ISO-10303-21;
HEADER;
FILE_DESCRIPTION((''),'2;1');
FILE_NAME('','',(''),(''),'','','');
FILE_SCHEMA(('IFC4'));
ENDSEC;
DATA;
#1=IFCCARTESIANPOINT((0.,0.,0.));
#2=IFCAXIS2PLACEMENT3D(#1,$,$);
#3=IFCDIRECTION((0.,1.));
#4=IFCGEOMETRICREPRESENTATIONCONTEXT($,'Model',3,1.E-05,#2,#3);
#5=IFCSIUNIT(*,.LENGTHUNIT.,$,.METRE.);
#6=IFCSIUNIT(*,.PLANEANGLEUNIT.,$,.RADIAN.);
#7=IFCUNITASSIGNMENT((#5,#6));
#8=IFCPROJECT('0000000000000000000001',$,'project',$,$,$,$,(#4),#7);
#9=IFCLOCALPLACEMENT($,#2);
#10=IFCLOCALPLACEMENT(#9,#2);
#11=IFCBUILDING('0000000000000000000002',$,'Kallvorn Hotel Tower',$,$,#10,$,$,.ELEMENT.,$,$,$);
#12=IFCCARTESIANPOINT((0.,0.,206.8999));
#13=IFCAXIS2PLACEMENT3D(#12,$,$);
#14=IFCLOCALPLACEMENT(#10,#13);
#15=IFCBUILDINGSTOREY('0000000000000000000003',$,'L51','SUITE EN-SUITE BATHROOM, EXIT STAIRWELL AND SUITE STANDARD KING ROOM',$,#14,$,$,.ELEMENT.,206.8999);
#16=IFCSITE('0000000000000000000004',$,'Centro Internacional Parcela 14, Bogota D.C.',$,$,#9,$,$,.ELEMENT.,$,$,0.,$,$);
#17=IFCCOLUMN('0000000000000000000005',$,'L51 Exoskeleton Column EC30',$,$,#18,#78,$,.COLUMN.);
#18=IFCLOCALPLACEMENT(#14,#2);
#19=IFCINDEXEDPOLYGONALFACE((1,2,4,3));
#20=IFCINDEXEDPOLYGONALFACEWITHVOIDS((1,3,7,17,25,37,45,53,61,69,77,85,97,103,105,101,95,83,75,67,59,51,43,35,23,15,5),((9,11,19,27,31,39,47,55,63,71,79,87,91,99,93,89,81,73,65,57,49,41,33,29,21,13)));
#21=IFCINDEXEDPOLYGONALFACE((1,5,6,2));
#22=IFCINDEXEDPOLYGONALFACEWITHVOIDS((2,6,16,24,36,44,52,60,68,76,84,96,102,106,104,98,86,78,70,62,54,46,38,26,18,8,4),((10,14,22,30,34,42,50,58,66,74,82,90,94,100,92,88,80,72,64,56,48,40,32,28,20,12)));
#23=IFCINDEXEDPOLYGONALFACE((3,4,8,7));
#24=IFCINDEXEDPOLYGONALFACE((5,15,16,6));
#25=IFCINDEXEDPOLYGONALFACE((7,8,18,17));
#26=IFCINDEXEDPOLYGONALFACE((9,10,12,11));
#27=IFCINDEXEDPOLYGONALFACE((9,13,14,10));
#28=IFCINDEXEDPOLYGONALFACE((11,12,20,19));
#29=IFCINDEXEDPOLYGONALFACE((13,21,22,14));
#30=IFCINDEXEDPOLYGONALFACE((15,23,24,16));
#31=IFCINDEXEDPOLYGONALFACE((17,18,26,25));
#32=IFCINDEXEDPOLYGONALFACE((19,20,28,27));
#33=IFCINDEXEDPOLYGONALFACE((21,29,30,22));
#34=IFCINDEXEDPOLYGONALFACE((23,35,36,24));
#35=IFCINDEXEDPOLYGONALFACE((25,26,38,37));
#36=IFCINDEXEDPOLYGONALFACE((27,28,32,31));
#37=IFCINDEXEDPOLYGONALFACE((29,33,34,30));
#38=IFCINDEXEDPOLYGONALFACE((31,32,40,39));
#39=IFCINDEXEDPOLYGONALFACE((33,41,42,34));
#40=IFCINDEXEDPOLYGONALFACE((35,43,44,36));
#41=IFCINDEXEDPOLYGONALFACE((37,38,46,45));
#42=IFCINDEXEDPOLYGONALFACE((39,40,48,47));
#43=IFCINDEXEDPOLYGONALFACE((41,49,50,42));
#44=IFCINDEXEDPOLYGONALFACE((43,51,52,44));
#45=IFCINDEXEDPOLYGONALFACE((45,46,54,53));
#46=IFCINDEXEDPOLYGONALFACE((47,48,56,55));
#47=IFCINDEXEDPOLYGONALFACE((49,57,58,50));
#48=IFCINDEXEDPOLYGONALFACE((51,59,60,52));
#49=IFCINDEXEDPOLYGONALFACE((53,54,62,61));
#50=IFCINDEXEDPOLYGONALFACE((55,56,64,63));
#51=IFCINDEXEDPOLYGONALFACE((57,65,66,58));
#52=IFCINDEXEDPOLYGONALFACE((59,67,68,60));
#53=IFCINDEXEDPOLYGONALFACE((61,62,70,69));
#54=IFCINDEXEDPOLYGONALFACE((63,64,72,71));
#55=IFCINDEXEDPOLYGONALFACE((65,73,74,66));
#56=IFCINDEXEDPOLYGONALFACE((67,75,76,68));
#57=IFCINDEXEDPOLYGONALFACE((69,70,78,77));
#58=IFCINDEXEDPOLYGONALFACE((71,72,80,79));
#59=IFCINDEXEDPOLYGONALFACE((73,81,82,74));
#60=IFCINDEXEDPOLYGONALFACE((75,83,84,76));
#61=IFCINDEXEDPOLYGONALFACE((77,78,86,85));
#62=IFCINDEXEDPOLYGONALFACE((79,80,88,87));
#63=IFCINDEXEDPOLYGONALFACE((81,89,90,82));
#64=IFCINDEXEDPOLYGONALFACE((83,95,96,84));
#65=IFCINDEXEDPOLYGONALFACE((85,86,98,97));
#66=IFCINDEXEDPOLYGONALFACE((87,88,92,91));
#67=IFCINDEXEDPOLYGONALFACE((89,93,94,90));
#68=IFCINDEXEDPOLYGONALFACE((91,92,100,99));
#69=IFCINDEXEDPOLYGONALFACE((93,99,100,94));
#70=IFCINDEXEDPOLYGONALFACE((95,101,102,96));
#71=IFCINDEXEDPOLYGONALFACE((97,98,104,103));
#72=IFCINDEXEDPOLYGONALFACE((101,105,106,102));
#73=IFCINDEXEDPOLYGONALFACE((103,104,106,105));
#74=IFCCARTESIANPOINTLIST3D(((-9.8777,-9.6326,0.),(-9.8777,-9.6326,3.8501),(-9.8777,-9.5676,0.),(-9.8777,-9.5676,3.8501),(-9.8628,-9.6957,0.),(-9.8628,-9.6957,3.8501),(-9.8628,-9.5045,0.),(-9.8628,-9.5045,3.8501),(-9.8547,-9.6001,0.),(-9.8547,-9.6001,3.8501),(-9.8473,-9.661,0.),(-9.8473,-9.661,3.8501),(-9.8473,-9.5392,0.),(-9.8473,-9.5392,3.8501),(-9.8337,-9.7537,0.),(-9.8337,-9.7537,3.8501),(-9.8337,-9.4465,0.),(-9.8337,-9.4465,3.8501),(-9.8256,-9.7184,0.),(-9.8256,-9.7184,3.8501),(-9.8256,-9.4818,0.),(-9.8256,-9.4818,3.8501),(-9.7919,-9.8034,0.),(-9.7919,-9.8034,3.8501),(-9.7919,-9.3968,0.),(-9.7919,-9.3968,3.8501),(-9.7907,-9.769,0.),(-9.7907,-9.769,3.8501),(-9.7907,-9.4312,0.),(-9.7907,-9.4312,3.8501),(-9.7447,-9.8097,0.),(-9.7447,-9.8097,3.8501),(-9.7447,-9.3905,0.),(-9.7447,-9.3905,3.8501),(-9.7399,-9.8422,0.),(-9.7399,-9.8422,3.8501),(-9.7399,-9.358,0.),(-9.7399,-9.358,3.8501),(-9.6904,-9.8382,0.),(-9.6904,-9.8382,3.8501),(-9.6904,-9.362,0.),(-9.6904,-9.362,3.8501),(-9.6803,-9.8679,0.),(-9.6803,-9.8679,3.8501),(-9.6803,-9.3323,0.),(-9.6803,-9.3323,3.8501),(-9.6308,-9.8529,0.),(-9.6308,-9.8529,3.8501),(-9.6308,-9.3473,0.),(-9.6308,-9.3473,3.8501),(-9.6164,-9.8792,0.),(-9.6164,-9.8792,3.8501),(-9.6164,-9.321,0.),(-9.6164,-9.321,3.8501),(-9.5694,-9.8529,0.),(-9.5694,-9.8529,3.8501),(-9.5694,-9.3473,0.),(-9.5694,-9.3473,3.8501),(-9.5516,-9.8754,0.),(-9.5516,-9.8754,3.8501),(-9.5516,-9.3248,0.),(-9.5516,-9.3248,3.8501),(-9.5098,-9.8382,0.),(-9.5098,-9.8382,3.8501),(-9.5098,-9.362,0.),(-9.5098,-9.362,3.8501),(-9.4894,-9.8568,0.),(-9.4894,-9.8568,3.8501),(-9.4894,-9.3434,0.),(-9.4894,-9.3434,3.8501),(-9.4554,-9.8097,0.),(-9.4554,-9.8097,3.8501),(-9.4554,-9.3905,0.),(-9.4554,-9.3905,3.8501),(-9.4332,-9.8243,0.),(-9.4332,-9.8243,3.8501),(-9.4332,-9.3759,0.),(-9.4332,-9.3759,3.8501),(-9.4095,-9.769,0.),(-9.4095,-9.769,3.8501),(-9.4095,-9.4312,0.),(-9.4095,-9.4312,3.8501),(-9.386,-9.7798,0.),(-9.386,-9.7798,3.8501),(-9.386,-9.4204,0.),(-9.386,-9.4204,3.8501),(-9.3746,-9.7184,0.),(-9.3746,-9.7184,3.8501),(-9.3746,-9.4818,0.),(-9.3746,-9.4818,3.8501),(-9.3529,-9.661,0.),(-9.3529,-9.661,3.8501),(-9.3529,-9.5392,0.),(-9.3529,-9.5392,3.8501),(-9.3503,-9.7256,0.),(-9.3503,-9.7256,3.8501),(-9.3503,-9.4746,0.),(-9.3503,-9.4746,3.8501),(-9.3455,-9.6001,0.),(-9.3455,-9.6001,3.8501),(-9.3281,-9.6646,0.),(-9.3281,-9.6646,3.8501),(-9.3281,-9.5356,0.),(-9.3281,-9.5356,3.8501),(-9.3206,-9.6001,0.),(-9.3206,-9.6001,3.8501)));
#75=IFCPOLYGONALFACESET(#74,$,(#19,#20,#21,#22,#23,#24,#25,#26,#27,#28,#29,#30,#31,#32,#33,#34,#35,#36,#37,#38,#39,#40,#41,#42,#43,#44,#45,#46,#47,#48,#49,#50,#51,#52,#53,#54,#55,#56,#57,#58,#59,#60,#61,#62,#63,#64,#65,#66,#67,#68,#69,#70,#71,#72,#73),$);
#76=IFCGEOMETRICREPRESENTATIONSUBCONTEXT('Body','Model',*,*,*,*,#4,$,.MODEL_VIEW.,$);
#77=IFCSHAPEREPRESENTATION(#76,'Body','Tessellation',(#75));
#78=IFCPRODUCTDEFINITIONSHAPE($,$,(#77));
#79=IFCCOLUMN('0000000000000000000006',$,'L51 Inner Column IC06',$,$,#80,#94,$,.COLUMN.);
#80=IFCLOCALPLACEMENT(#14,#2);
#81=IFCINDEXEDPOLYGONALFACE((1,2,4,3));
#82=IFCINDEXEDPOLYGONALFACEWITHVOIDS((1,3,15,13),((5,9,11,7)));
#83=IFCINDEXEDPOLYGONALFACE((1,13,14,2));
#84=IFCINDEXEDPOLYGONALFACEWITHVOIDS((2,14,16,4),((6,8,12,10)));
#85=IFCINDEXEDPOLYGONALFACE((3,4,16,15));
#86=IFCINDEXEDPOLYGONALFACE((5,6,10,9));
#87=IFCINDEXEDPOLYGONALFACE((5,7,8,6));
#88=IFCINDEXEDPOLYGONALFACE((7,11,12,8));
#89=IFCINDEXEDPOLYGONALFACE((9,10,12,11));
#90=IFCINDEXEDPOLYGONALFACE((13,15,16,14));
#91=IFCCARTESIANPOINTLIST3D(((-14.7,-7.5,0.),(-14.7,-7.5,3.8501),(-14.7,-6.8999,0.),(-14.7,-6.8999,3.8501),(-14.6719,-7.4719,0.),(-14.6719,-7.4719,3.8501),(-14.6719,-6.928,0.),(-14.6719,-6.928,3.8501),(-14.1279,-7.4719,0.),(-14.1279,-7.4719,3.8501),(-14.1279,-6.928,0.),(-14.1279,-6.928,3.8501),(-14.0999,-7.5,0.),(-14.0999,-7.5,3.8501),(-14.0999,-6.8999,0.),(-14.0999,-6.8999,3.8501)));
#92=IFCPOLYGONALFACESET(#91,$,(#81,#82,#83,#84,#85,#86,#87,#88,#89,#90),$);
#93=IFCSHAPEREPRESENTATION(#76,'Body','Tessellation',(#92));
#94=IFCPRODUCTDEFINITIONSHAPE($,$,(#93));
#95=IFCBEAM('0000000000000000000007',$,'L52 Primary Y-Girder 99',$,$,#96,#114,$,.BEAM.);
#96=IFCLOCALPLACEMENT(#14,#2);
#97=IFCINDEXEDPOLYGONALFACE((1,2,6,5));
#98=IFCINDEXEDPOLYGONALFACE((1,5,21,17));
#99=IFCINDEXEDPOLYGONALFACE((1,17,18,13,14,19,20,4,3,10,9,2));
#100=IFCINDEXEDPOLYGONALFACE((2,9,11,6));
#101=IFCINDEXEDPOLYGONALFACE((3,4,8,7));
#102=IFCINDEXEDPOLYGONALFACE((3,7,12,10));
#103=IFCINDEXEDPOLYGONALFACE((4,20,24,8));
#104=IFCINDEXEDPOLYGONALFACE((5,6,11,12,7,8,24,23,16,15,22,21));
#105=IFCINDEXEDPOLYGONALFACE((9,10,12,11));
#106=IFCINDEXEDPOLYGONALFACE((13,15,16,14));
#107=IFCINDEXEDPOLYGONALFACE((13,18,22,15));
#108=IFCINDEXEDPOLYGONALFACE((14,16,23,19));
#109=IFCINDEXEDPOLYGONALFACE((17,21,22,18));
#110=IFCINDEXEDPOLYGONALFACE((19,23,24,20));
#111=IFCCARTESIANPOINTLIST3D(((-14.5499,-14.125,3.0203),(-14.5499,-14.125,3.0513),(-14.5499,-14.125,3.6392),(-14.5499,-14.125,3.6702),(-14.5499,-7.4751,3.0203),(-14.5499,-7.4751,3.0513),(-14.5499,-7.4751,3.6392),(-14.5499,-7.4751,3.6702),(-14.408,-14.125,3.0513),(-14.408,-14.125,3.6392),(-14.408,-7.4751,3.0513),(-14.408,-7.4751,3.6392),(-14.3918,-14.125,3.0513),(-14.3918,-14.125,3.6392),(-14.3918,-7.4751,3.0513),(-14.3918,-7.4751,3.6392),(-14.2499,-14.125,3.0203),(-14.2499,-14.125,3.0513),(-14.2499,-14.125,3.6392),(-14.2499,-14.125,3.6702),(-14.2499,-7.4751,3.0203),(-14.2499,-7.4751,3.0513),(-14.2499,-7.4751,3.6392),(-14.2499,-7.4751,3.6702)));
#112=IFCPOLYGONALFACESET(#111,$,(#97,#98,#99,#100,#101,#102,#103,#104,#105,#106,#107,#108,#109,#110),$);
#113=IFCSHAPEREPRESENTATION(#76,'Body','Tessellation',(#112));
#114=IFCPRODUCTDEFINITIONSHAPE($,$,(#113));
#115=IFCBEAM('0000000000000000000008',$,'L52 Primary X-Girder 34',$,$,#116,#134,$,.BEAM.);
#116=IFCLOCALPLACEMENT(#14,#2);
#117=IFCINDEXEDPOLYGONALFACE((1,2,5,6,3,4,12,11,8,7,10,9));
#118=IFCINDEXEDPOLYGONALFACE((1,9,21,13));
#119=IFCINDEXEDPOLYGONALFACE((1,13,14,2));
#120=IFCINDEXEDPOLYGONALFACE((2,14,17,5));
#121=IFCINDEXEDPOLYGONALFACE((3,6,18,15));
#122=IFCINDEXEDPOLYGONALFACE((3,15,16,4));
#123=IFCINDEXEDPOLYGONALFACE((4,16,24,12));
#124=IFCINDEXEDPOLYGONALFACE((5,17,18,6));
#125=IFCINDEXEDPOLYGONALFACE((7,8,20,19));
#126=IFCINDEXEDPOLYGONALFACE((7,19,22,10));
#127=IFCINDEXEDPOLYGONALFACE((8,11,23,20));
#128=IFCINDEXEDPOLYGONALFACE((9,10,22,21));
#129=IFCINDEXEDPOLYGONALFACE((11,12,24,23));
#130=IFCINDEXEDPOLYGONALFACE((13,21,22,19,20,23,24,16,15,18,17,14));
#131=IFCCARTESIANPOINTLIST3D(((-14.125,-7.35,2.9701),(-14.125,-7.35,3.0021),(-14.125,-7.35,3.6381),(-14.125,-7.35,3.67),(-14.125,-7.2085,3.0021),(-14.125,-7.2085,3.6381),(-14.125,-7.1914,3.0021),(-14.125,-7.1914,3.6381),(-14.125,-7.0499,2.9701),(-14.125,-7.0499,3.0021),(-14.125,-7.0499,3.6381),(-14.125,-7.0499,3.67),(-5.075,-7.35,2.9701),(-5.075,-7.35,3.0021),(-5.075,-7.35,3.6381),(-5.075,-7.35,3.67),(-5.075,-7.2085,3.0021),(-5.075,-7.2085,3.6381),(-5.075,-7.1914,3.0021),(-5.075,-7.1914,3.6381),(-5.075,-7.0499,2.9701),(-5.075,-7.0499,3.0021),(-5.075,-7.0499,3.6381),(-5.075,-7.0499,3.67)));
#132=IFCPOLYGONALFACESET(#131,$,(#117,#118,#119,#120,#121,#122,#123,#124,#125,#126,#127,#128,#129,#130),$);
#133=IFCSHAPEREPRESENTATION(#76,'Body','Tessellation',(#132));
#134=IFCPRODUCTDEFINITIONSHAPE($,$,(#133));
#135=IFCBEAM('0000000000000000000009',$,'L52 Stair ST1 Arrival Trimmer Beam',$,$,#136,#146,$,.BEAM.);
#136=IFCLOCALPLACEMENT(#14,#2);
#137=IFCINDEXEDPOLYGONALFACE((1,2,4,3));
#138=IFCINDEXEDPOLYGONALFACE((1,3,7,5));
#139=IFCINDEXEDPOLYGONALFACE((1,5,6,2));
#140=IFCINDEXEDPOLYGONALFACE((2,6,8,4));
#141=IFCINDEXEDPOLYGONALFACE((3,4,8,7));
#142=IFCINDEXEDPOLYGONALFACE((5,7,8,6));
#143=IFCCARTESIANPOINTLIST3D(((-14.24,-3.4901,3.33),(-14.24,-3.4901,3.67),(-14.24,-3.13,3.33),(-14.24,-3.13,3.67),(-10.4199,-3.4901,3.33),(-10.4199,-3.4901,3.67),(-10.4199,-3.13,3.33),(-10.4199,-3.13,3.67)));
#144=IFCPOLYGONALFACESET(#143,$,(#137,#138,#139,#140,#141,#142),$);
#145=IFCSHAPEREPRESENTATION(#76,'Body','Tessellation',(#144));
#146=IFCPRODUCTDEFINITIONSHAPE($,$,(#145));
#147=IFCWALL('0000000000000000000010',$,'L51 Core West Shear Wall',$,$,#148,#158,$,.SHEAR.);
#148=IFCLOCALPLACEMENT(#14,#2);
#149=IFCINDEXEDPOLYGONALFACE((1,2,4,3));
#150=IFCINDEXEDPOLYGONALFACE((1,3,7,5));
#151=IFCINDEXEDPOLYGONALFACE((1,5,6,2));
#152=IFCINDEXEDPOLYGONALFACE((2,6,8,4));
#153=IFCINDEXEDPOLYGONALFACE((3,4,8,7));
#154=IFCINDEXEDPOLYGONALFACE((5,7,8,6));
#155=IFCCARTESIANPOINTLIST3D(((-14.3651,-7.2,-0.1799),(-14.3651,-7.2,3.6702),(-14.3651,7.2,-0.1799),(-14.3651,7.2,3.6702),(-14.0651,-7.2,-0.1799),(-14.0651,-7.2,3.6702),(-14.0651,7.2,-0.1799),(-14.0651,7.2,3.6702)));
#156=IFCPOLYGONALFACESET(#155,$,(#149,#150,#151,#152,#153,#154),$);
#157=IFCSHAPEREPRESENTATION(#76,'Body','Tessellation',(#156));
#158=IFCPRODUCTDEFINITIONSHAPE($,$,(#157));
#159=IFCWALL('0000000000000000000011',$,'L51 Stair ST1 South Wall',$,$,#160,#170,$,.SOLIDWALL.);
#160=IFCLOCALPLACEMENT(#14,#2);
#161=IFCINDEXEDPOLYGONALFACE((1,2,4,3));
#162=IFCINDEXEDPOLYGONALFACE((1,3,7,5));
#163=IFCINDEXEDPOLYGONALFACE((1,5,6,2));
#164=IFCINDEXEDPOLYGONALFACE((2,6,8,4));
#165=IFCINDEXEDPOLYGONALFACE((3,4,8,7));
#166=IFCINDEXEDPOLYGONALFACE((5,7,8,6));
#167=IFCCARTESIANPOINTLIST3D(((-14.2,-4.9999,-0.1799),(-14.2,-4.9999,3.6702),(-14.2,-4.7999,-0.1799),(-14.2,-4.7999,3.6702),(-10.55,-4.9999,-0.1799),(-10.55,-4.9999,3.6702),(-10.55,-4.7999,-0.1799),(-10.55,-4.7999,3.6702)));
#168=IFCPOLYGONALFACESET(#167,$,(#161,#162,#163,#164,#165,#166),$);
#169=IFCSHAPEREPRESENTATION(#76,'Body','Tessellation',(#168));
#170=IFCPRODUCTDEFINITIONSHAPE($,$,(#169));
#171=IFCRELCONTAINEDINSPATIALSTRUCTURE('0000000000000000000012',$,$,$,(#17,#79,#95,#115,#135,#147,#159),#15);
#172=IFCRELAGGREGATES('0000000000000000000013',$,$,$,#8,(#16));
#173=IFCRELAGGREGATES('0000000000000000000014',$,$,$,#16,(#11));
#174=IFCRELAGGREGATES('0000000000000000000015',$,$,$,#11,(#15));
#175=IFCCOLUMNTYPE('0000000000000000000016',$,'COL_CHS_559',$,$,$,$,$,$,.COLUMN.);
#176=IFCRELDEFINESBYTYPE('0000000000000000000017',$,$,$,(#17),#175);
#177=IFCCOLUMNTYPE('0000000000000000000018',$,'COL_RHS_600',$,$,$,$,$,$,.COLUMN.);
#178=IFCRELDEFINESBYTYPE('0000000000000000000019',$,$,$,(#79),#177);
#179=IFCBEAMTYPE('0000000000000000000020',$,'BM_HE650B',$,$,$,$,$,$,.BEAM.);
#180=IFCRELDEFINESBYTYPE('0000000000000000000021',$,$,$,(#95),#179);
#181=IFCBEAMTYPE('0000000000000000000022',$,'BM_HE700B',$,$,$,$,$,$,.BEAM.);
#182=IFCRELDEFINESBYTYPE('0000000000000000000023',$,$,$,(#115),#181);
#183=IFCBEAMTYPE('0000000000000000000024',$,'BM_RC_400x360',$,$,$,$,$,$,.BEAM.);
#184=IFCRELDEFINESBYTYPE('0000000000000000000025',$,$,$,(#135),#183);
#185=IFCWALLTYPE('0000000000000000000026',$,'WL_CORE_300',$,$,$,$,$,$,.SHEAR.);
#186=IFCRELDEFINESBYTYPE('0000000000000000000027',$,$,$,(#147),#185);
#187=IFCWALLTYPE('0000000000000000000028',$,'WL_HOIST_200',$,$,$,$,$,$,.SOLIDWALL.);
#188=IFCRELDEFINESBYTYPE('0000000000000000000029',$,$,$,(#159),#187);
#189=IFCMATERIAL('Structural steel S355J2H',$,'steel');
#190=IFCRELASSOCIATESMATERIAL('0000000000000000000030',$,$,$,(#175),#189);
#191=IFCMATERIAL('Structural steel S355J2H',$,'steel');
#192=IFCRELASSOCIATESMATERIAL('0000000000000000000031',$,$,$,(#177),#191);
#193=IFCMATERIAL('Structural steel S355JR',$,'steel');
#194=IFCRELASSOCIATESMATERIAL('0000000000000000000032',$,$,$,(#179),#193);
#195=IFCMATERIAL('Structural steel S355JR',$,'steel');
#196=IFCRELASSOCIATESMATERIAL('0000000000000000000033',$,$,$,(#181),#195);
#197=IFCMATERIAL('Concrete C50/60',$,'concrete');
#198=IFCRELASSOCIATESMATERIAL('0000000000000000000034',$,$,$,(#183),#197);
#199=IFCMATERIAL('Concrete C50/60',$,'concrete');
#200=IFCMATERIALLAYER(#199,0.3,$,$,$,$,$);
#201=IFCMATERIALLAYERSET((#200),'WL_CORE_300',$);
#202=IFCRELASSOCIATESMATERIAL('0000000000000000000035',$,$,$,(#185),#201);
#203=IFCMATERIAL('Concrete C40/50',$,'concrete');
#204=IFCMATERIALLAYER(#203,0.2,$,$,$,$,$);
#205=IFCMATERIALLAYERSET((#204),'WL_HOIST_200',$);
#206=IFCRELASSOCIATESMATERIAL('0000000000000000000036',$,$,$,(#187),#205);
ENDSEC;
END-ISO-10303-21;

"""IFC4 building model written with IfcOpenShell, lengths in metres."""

from ifc_helpers import new_model, si_unit, direction, frame, frame_2d, origin, origin_2d, place, context, subcontext, project, spatial, rectangle, hollow_rectangle, hollow_circle, i_section, extrude, material, layer, layer_set, material_profile, profile_set, type_object, element, save


model = new_model("IFC4")

# Units and contexts
model_context = context("Model", 3, precision=1e-05, world=origin(), true_north=direction((0.0, 1.0)))
body_context = subcontext(model_context, "Body", "Model", "MODEL_VIEW")
ifc_project = project(units=[si_unit("LENGTHUNIT", "METRE"), si_unit("PLANEANGLEUNIT", "RADIAN")], contexts=[model_context])

# Site, building, storey
site_placement = place(None, origin())
site = spatial("IfcSite", under=ifc_project, at=site_placement, Name="Centro Internacional Parcela 14, Bogota D.C.", CompositionType="ELEMENT", RefElevation=0.0)
building_placement = place(site_placement, origin())
building = spatial("IfcBuilding", under=site, at=building_placement, Name="Kallvorn Hotel Tower", CompositionType="ELEMENT")
storey_placement = place(building_placement, frame((0.0, 0.0, 206.8999)))
storey = spatial("IfcBuildingStorey", under=building, at=storey_placement, Name="L51", Description="SUITE EN-SUITE BATHROOM, EXIT STAIRWELL AND SUITE STANDARD KING ROOM", CompositionType="ELEMENT", Elevation=206.8999)

# Columns
ifc_material_1 = material(Name="Structural steel S355J2H", Category="steel")
ifc_material_profile_1 = material_profile(ifc_material_1, hollow_circle(Radius=0.2795, WallThickness=0.0249, at=origin_2d()), Name="CHS 559x25")
ifc_profile_set_1 = profile_set([ifc_material_profile_1], Name="Structural steel S355J2H")
column_type_1 = type_object("IfcColumnType", Name="COL_CHS_559", PredefinedType="COLUMN", material=ifc_profile_set_1)
column_1_placement = place(storey_placement, frame((-9.6001, -9.6001, 0.0), z_axis=(0.0, 0.0, 1.0), x_axis=(1.0, 0.0, 0.0)))
element("IfcColumn", 1, at=column_1_placement, inside=storey, type_object=column_type_1, Name="L51 Exoskeleton Column EC30", PredefinedType="COLUMN", context=body_context, shape_type="SweptSolid", body=[
    extrude(hollow_circle(Radius=0.2795, WallThickness=0.0249, at=origin_2d()), origin(), (0.0, 0.0, 1.0), 3.8501),
])
ifc_material_2 = material(Name="Structural steel S355J2H", Category="steel")
ifc_material_profile_2 = material_profile(ifc_material_2, hollow_rectangle(XDim=0.6001, YDim=0.6001, WallThickness=0.0281, at=origin_2d()), Name="RHS 600x600x28")
ifc_profile_set_2 = profile_set([ifc_material_profile_2], Name="Structural steel S355J2H")
column_type_2 = type_object("IfcColumnType", Name="COL_RHS_600", PredefinedType="COLUMN", material=ifc_profile_set_2)
column_2_placement = place(storey_placement, frame((-14.3999, -7.2, 0.0), z_axis=(0.0, 0.0, 1.0), x_axis=(1.0, 0.0, 0.0)))
element("IfcColumn", 2, at=column_2_placement, inside=storey, type_object=column_type_2, Name="L51 Inner Column IC06", PredefinedType="COLUMN", context=body_context, shape_type="SweptSolid", body=[
    extrude(hollow_rectangle(XDim=0.6001, YDim=0.6001, WallThickness=0.0281, at=origin_2d()), origin(), (0.0, 0.0, 1.0), 3.8501),
])

# Beams
ifc_material_3 = material(Name="Structural steel S355JR", Category="steel")
ifc_material_profile_3 = material_profile(ifc_material_3, i_section(OverallWidth=0.3, OverallDepth=0.6499, WebThickness=0.0161, FlangeThickness=0.031, at=origin_2d()), Name="HE 650 B")
ifc_profile_set_3 = profile_set([ifc_material_profile_3], Name="Structural steel S355JR")
beam_type_1 = type_object("IfcBeamType", Name="BM_HE650B", PredefinedType="BEAM", material=ifc_profile_set_3)
beam_1_placement = place(storey_placement, frame((-14.3999, -14.125, 3.3452), z_axis=(0.0, 1.0, 0.0), x_axis=(-1.0, 0.0, 0.0)))
element("IfcBeam", 3, at=beam_1_placement, inside=storey, type_object=beam_type_1, Name="L52 Primary Y-Girder 99", PredefinedType="BEAM", context=body_context, shape_type="SweptSolid", body=[
    extrude(i_section(OverallWidth=0.3, OverallDepth=0.6499, WebThickness=0.0161, FlangeThickness=0.031, at=origin_2d()), origin(), (0.0, 0.0, 1.0), 6.6499),
])
ifc_material_4 = material(Name="Structural steel S355JR", Category="steel")
ifc_material_profile_4 = material_profile(ifc_material_4, i_section(OverallWidth=0.3, OverallDepth=0.7, WebThickness=0.0171, FlangeThickness=0.032, at=origin_2d()), Name="HE 700 B")
ifc_profile_set_4 = profile_set([ifc_material_profile_4], Name="Structural steel S355JR")
beam_type_2 = type_object("IfcBeamType", Name="BM_HE700B", PredefinedType="BEAM", material=ifc_profile_set_4)
beam_2_placement = place(storey_placement, frame((-14.125, -7.2, 3.3201), z_axis=(1.0, 0.0, 0.0), x_axis=(0.0, 1.0, 0.0)))
element("IfcBeam", 4, at=beam_2_placement, inside=storey, type_object=beam_type_2, Name="L52 Primary X-Girder 34", PredefinedType="BEAM", context=body_context, shape_type="SweptSolid", body=[
    extrude(i_section(OverallWidth=0.3, OverallDepth=0.7, WebThickness=0.0171, FlangeThickness=0.032, at=origin_2d()), origin(), (0.0, 0.0, 1.0), 9.05),
])
ifc_material_5 = material(Name="Concrete C50/60", Category="concrete")
ifc_material_profile_5 = material_profile(ifc_material_5, rectangle(XDim=0.3601, YDim=0.3401, at=origin_2d()), Name="RC 360x340")
ifc_profile_set_5 = profile_set([ifc_material_profile_5], Name="Concrete C50/60")
beam_type_3 = type_object("IfcBeamType", Name="BM_RC_400x360", PredefinedType="BEAM", material=ifc_profile_set_5)
beam_3_placement = place(storey_placement, frame((-10.4199, -3.3101, 3.5), z_axis=(-1.0, 0.0, 0.0), x_axis=(0.0, -1.0, 0.0)))
element("IfcBeam", 5, at=beam_3_placement, inside=storey, type_object=beam_type_3, Name="L52 Stair ST1 Arrival Trimmer Beam", PredefinedType="BEAM", context=body_context, shape_type="SweptSolid", body=[
    extrude(rectangle(XDim=0.3601, YDim=0.3401, at=origin_2d()), origin(), (0.0, 0.0, 1.0), 3.8201),
])

# Walls
ifc_material_6 = material(Name="Concrete C50/60", Category="concrete")
ifc_layer_1 = layer(ifc_material_6, 0.3)
ifc_layer_set_1 = layer_set([ifc_layer_1], Name="WL_CORE_300")
wall_type_1 = type_object("IfcWallType", Name="WL_CORE_300", PredefinedType="SHEAR", material=ifc_layer_set_1)
wall_1_placement = place(storey_placement, frame((-14.2151, -7.2, -0.1799), z_axis=(0.0, 0.0, 1.0), x_axis=(0.0, 1.0, 0.0)))
element("IfcWall", 6, at=wall_1_placement, inside=storey, type_object=wall_type_1, Name="L51 Core West Shear Wall", PredefinedType="SHEAR", context=body_context, shape_type="SweptSolid", body=[
    extrude(rectangle(XDim=14.3999, YDim=0.3, at=frame_2d((7.2, 0.0))), origin(), (0.0, 0.0, 1.0), 3.8501),
])
ifc_material_7 = material(Name="Concrete C40/50", Category="concrete")
ifc_layer_2 = layer(ifc_material_7, 0.2)
ifc_layer_set_2 = layer_set([ifc_layer_2], Name="WL_HOIST_200")
wall_type_2 = type_object("IfcWallType", Name="WL_HOIST_200", PredefinedType="SOLIDWALL", material=ifc_layer_set_2)
wall_2_placement = place(storey_placement, frame((-14.2, -4.8999, -0.1799), z_axis=(0.0, 0.0, 1.0), x_axis=(1.0, 0.0, 0.0)))
element("IfcWall", 7, at=wall_2_placement, inside=storey, type_object=wall_type_2, Name="L51 Stair ST1 South Wall", PredefinedType="SOLIDWALL", context=body_context, shape_type="SweptSolid", body=[
    extrude(rectangle(XDim=3.6499, YDim=0.2, at=frame_2d((1.825, 0.0))), origin(), (0.0, 0.0, 1.0), 3.8501),
])

save(model, "model.ifc")
